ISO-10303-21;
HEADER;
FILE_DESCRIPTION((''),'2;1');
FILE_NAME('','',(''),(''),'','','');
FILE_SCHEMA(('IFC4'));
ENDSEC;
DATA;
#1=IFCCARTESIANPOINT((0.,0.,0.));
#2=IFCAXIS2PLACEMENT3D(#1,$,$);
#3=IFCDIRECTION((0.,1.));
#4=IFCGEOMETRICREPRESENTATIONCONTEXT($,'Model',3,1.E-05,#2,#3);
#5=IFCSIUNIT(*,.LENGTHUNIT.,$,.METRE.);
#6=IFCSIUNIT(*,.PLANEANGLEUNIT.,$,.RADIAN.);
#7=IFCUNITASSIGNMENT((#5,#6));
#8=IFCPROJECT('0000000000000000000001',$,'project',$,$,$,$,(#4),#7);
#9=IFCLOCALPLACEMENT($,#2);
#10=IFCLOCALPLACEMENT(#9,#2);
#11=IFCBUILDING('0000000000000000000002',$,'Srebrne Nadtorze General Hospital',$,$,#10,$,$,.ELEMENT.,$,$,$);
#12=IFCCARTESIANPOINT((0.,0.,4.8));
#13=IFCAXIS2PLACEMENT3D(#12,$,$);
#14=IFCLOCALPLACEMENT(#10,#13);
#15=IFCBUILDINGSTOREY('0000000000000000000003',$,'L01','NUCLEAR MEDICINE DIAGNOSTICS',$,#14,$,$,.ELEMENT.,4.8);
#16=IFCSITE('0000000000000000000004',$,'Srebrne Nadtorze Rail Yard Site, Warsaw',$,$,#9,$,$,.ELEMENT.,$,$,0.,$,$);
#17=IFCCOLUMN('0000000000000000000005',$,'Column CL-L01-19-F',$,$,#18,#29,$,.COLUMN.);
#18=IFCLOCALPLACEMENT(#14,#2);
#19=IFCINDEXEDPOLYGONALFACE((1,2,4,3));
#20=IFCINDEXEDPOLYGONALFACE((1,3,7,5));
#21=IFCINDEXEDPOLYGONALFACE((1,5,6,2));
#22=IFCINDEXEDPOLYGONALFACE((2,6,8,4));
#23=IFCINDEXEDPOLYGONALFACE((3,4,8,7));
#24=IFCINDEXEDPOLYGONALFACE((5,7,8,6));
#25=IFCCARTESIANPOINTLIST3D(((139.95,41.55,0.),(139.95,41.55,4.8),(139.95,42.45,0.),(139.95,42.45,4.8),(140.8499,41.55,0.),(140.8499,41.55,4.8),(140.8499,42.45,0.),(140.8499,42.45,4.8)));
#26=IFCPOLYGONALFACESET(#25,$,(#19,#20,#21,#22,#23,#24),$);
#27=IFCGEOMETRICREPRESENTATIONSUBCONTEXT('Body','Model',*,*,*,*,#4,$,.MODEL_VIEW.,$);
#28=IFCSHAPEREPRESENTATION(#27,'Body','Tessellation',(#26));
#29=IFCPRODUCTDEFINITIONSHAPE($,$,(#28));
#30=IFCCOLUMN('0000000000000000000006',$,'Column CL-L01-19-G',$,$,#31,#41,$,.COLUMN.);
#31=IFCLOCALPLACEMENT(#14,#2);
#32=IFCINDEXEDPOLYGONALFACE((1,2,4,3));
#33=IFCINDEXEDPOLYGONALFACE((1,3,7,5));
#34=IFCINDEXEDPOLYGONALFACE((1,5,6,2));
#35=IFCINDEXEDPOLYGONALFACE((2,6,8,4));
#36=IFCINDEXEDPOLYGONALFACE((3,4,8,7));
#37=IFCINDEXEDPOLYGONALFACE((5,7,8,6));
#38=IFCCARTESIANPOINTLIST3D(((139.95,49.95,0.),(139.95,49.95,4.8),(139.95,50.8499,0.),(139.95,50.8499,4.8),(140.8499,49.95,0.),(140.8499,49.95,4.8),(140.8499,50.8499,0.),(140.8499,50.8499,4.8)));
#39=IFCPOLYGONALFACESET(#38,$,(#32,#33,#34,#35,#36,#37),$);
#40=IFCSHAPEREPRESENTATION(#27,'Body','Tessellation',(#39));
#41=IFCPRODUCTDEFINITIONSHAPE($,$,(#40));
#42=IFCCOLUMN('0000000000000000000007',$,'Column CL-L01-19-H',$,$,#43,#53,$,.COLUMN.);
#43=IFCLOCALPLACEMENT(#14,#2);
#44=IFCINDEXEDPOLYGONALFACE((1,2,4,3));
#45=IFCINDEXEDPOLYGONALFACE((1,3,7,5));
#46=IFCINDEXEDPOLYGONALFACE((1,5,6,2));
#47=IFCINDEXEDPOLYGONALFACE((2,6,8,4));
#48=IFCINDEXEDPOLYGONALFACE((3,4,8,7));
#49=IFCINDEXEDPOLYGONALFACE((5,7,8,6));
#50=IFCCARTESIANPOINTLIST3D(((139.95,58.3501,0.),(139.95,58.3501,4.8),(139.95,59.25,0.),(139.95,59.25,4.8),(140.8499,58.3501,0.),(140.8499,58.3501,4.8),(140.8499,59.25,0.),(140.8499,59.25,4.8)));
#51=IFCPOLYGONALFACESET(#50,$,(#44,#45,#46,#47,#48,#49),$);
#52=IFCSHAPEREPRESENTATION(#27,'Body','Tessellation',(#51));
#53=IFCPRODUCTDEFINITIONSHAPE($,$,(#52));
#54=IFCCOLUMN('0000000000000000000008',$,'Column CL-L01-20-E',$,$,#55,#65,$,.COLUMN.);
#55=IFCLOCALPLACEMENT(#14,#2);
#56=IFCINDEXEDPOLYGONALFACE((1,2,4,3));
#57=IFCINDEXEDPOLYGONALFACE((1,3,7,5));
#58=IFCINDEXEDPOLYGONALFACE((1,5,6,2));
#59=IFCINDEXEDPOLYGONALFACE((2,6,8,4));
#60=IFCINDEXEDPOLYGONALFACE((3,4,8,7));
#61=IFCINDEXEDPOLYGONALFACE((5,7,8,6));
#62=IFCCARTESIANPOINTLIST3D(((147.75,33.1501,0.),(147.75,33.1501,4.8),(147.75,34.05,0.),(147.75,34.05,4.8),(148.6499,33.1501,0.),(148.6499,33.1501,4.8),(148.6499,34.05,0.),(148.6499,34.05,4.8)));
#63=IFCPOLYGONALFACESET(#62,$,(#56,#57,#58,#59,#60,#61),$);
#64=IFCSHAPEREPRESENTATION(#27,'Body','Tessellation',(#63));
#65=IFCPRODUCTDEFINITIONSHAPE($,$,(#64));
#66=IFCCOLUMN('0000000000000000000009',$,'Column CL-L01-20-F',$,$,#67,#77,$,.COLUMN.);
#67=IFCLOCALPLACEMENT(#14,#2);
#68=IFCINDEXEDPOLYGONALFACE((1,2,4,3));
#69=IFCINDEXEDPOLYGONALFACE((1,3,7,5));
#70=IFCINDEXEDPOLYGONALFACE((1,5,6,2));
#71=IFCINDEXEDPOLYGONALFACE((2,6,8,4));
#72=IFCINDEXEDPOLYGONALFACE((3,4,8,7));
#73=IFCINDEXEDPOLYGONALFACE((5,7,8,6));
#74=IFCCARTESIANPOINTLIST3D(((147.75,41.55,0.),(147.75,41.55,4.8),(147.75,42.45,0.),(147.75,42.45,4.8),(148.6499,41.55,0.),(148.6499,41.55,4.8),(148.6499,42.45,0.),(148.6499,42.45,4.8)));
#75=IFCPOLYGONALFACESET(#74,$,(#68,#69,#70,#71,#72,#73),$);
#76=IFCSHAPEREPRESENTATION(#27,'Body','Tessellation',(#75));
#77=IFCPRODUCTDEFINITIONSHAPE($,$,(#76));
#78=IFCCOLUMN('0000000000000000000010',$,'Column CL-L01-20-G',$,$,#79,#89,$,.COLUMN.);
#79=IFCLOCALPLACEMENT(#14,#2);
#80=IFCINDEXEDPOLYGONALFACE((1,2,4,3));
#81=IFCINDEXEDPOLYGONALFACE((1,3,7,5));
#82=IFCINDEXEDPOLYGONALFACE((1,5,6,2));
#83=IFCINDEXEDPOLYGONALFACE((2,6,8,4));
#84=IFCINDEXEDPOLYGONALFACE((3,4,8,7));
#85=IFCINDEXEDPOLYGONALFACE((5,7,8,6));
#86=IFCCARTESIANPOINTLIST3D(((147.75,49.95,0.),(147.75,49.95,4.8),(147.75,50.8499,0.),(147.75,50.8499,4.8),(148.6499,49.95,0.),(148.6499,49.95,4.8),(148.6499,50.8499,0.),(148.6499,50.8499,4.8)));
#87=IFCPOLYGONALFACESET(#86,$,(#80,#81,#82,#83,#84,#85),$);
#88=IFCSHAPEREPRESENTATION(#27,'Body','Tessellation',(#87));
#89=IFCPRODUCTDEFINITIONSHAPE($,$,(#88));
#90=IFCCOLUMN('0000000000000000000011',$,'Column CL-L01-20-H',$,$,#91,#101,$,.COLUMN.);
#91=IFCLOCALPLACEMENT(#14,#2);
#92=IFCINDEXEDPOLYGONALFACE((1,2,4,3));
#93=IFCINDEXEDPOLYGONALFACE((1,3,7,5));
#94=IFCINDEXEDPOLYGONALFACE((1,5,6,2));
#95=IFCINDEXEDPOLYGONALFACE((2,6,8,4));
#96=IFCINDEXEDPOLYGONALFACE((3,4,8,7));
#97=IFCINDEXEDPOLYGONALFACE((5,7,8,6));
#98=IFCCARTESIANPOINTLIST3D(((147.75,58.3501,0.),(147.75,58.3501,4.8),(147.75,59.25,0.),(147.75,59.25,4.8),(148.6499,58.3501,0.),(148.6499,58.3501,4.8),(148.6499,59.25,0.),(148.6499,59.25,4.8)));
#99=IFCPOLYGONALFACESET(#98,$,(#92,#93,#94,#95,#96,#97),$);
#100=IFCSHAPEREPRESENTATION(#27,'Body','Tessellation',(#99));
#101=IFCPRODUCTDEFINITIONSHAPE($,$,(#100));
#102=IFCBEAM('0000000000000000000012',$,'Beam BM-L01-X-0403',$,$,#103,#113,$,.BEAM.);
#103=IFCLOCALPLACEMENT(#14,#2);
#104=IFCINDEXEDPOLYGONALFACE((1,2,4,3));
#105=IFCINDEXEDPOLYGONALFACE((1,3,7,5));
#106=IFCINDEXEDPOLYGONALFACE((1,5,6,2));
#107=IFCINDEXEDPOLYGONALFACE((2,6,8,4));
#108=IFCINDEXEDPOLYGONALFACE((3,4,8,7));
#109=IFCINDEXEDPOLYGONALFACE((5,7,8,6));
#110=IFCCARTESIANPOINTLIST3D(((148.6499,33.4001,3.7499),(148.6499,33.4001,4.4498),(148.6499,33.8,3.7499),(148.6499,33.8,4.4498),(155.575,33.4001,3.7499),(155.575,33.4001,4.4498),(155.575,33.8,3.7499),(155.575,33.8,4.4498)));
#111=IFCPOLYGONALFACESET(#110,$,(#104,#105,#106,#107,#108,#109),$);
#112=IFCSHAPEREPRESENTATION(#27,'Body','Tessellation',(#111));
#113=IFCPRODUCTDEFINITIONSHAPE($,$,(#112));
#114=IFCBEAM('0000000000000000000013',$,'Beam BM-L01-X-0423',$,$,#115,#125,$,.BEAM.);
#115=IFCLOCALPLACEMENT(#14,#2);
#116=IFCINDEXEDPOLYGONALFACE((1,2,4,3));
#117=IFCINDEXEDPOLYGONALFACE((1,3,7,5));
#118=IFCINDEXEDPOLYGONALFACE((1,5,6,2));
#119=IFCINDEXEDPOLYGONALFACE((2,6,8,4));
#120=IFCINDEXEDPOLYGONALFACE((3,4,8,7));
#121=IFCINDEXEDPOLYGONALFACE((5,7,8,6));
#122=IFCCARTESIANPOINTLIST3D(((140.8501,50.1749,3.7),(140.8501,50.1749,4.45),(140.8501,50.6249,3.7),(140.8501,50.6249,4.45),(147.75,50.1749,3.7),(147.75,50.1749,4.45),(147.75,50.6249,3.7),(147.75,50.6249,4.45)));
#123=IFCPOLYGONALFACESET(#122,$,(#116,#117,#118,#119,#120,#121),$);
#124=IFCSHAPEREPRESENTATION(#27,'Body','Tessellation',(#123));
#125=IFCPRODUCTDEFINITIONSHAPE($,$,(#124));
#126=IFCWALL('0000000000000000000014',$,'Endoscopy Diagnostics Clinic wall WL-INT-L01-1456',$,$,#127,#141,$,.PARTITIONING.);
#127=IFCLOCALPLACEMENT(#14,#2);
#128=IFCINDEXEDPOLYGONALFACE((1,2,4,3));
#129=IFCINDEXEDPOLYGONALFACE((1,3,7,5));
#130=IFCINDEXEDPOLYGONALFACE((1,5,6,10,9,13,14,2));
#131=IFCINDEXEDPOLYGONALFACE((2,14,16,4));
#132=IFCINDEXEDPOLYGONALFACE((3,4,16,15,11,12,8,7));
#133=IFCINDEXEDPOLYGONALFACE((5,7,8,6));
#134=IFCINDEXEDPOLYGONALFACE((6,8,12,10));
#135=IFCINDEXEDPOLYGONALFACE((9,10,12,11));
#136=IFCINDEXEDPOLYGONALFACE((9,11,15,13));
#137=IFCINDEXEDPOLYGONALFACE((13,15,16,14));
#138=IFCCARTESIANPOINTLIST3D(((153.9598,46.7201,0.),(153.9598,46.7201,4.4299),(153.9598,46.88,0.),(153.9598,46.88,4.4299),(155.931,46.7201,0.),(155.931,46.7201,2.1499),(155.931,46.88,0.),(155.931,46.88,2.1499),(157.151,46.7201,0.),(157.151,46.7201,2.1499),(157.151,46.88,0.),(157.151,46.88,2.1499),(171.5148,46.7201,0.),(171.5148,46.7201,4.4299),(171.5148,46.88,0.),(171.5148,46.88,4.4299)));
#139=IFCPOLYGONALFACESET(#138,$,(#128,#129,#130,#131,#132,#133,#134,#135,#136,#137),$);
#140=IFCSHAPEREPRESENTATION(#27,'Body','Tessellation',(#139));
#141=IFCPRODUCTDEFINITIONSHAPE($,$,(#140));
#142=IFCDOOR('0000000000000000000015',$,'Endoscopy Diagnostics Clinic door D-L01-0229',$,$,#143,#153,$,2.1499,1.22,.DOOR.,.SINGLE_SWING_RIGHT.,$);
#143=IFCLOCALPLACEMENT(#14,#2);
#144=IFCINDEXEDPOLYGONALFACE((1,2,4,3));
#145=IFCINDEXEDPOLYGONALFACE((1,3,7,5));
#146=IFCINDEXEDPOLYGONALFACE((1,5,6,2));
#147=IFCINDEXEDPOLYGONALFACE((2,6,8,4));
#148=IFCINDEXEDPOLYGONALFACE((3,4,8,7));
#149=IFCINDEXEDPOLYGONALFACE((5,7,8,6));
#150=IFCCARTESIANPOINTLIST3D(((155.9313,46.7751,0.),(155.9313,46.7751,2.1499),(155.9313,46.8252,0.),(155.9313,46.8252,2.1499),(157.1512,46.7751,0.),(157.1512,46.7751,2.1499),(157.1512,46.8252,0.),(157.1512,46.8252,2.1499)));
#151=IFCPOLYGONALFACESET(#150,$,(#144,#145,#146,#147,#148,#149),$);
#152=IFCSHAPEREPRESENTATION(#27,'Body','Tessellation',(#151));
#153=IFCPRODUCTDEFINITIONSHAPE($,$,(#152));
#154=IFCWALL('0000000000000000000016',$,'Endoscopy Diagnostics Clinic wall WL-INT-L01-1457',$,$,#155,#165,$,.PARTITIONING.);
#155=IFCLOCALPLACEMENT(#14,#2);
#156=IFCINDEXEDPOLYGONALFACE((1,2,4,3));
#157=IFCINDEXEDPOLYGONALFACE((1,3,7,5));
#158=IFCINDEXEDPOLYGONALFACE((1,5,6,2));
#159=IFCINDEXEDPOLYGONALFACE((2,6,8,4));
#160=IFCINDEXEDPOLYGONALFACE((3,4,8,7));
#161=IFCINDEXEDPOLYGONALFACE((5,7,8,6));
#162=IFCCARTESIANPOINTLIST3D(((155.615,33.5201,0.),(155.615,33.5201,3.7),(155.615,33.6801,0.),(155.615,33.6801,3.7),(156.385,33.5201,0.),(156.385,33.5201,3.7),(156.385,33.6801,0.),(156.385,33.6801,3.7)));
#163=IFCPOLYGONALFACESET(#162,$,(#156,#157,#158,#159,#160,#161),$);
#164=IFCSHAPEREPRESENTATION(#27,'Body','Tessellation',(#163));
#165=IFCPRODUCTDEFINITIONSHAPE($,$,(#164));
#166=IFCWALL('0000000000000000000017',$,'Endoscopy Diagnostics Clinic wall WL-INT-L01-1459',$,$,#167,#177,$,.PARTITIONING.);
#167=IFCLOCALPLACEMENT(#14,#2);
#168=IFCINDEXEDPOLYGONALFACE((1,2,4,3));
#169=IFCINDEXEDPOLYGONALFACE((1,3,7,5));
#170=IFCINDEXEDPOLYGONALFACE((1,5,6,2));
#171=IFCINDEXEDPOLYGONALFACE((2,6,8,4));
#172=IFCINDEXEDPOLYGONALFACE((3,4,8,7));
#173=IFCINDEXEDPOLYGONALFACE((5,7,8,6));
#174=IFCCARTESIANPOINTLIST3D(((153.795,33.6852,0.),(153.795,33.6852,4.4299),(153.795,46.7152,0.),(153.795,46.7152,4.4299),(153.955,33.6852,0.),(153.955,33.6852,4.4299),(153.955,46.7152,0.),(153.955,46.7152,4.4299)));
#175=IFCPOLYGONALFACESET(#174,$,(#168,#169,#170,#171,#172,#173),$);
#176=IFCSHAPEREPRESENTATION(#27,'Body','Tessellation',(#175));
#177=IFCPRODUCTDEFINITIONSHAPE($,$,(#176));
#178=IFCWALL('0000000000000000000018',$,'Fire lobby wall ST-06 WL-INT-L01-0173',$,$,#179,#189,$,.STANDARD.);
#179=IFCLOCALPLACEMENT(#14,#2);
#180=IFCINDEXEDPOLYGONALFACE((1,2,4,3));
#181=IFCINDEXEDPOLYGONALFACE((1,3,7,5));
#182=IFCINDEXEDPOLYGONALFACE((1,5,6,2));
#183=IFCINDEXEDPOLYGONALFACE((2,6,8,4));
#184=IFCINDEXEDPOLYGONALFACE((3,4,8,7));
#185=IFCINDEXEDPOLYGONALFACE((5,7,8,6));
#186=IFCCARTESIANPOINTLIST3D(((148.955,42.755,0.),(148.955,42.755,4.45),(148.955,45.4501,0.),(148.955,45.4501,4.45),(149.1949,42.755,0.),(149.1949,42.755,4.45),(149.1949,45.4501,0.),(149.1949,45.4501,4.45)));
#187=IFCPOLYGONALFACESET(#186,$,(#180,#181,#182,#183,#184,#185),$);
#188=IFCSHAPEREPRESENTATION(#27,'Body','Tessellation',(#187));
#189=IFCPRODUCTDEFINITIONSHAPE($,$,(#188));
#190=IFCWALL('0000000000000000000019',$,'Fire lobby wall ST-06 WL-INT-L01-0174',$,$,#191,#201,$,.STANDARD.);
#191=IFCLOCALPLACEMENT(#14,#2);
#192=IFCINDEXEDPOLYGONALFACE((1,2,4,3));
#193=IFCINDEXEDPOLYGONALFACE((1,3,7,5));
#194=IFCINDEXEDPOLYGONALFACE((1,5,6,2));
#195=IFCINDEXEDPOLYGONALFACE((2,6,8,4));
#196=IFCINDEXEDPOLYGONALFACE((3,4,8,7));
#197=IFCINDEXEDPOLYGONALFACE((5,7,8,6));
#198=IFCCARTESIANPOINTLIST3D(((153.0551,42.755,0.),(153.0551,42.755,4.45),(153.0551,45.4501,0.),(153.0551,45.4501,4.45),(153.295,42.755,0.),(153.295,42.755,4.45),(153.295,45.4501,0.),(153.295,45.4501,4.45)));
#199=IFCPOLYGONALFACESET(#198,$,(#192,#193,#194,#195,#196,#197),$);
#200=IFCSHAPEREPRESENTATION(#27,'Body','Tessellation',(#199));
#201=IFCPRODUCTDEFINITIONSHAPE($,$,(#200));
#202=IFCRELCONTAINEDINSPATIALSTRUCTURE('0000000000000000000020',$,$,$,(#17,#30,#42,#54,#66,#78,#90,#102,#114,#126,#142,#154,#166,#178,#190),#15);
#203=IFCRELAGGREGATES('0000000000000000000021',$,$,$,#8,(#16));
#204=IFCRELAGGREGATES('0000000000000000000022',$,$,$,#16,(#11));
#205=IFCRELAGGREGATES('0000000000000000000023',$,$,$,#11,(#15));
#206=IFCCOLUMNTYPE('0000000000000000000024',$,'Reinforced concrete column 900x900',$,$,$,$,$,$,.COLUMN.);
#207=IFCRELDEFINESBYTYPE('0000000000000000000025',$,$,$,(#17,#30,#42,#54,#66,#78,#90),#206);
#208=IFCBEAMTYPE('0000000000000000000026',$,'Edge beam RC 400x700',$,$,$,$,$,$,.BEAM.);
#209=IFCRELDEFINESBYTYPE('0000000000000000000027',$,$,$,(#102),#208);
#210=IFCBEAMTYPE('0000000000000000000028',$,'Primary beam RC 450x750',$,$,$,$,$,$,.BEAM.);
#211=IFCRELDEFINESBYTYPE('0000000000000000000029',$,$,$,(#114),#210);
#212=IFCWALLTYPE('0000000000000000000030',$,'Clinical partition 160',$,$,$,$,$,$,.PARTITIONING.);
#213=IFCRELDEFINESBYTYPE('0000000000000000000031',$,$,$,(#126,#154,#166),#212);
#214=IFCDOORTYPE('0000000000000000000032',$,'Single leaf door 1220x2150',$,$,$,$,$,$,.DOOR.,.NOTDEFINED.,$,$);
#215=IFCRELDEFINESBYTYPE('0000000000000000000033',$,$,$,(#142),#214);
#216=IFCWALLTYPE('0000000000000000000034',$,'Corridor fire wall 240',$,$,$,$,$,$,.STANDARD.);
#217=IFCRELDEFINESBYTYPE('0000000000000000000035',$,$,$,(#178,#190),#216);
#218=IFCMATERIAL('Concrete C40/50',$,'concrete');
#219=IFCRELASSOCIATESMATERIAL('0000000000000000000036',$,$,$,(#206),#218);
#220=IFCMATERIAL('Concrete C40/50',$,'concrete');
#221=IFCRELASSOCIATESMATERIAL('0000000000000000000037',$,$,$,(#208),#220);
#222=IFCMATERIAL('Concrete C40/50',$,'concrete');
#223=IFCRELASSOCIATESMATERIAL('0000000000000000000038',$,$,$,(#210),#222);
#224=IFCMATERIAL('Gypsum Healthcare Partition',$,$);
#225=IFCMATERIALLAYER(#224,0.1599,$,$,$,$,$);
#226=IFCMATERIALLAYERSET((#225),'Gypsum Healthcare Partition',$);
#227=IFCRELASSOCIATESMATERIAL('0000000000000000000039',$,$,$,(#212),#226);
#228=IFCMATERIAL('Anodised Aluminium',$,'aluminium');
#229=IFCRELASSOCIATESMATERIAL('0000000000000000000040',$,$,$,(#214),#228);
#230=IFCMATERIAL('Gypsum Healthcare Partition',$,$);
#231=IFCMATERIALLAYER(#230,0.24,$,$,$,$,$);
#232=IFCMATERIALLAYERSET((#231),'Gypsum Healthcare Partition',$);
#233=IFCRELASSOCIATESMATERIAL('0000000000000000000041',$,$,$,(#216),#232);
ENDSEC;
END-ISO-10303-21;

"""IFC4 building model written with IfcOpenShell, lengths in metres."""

from ifc_helpers import new_model, si_unit, direction, frame, frame_2d, origin, origin_2d, place, context, subcontext, project, spatial, rectangle, extrude, material, layer, layer_set, material_profile, profile_set, type_object, element, fill, save


model = new_model("IFC4")

# Units and contexts
model_context = context("Model", 3, precision=1e-05, world=origin(), true_north=direction((0.0, 1.0)))
body_context = subcontext(model_context, "Body", "Model", "MODEL_VIEW")
ifc_project = project(units=[si_unit("LENGTHUNIT", "METRE"), si_unit("PLANEANGLEUNIT", "RADIAN")], contexts=[model_context])

# Site, building, storey
site_placement = place(None, origin())
site = spatial("IfcSite", under=ifc_project, at=site_placement, Name="Srebrne Nadtorze Rail Yard Site, Warsaw", CompositionType="ELEMENT", RefElevation=0.0)
building_placement = place(site_placement, origin())
building = spatial("IfcBuilding", under=site, at=building_placement, Name="Srebrne Nadtorze General Hospital", CompositionType="ELEMENT")
storey_placement = place(building_placement, frame((0.0, 0.0, 4.8)))
storey = spatial("IfcBuildingStorey", under=building, at=storey_placement, Name="L01", Description="NUCLEAR MEDICINE DIAGNOSTICS", CompositionType="ELEMENT", Elevation=4.8)

# Columns
ifc_material_1 = material(Name="Concrete C40/50", Category="concrete")
ifc_material_profile_1 = material_profile(ifc_material_1, rectangle(XDim=0.8999, YDim=0.8999, at=origin_2d()), Name="RC-COL-900x900")
ifc_profile_set_1 = profile_set([ifc_material_profile_1], Name="Concrete C40/50")
column_type = type_object("IfcColumnType", Name="Reinforced concrete column 900x900", PredefinedType="COLUMN", material=ifc_profile_set_1)
for number, where, z_axis, x_axis, name in (
    (1, (140.3999, 42.0, 0.0), (0.0, 0.0, 1.0), (1.0, 0.0, 0.0), "Column CL-L01-19-F"),
    (2, (140.3999, 50.3999, 0.0), (0.0, 0.0, 1.0), (1.0, 0.0, 0.0), "Column CL-L01-19-G"),
    (3, (140.3999, 58.8, 0.0), (0.0, 0.0, 1.0), (1.0, 0.0, 0.0), "Column CL-L01-19-H"),
    (4, (148.2, 33.6001, 0.0), (0.0, 0.0, 1.0), (1.0, 0.0, 0.0), "Column CL-L01-20-E"),
    (5, (148.2, 42.0, 0.0), (0.0, 0.0, 1.0), (1.0, 0.0, 0.0), "Column CL-L01-20-F"),
    (6, (148.2, 50.3999, 0.0), (0.0, 0.0, 1.0), (1.0, 0.0, 0.0), "Column CL-L01-20-G"),
    (7, (148.2, 58.8, 0.0), (0.0, 0.0, 1.0), (1.0, 0.0, 0.0), "Column CL-L01-20-H"),
):
    element("IfcColumn", number, at=place(storey_placement, frame(where, z_axis=z_axis, x_axis=x_axis)), inside=storey, type_object=column_type, Name=name, PredefinedType="COLUMN", context=body_context, shape_type="SweptSolid", body=[
        extrude(rectangle(XDim=0.8999, YDim=0.8999, at=origin_2d()), origin(), (0.0, 0.0, 1.0), 4.8),
    ])

# Beams
ifc_material_2 = material(Name="Concrete C40/50", Category="concrete")
ifc_material_profile_2 = material_profile(ifc_material_2, rectangle(XDim=0.3999, YDim=0.7, at=origin_2d()), Name="RC-BM-400x700")
ifc_profile_set_2 = profile_set([ifc_material_profile_2], Name="Concrete C40/50")
beam_type_1 = type_object("IfcBeamType", Name="Edge beam RC 400x700", PredefinedType="BEAM", material=ifc_profile_set_2)
beam_1_placement = place(storey_placement, frame((148.6499, 33.6001, 4.0999), z_axis=(1.0, 0.0, 0.0), x_axis=(0.0, 1.0, 0.0)))
element("IfcBeam", 8, at=beam_1_placement, inside=storey, type_object=beam_type_1, Name="Beam BM-L01-X-0403", PredefinedType="BEAM", context=body_context, shape_type="SweptSolid", body=[
    extrude(rectangle(XDim=0.3999, YDim=0.7, at=origin_2d()), origin(), (0.0, 0.0, 1.0), 6.925),
])
ifc_material_3 = material(Name="Concrete C40/50", Category="concrete")
ifc_material_profile_3 = material_profile(ifc_material_3, rectangle(XDim=0.45, YDim=0.75, at=origin_2d()), Name="RC-BM-450x750")
ifc_profile_set_3 = profile_set([ifc_material_profile_3], Name="Concrete C40/50")
beam_type_2 = type_object("IfcBeamType", Name="Primary beam RC 450x750", PredefinedType="BEAM", material=ifc_profile_set_3)
beam_2_placement = place(storey_placement, frame((140.8501, 50.3999, 4.075), z_axis=(1.0, 0.0, 0.0), x_axis=(0.0, 1.0, 0.0)))
element("IfcBeam", 9, at=beam_2_placement, inside=storey, type_object=beam_type_2, Name="Beam BM-L01-X-0423", PredefinedType="BEAM", context=body_context, shape_type="SweptSolid", body=[
    extrude(rectangle(XDim=0.45, YDim=0.75, at=origin_2d()), origin(), (0.0, 0.0, 1.0), 6.8999),
])

# Wall, opening, door
ifc_material_4 = material(Name="Gypsum Healthcare Partition")
ifc_layer_1 = layer(ifc_material_4, 0.1599)
ifc_layer_set_1 = layer_set([ifc_layer_1], Name="Gypsum Healthcare Partition")
wall_type_1 = type_object("IfcWallType", Name="Clinical partition 160", PredefinedType="PARTITIONING", material=ifc_layer_set_1)
wall_1_placement = place(storey_placement, frame((153.96, 46.8, 0.0), z_axis=(0.0, 0.0, 1.0), x_axis=(1.0, 0.0, 0.0)))
wall_1 = element("IfcWall", 10, at=wall_1_placement, inside=storey, type_object=wall_type_1, Name="Endoscopy Diagnostics Clinic wall WL-INT-L01-1456", PredefinedType="PARTITIONING", context=body_context, shape_type="SweptSolid", body=[
    extrude(rectangle(XDim=17.5549, YDim=0.1599, at=frame_2d((8.7773, 0.0))), origin(), (0.0, 0.0, 1.0), 4.4299),
])
opening_1_placement = place(wall_1_placement, frame((1.9712, 0.0, 0.0)))
opening_1 = element("IfcOpeningElement", 11, at=opening_1_placement, cuts=wall_1, PredefinedType="OPENING", context=body_context, shape_type="SweptSolid", body=[
    extrude(rectangle(XDim=1.22, YDim=2.1499, at=frame_2d((0.6099, 1.075))), frame((0.0, 0.0918, 0.0), z_axis=(0.0, -1.0, 0.0), x_axis=(1.0, 0.0, 0.0)), (0.0, 0.0, 1.0), 0.1838),
])
ifc_material_5 = material(Name="Anodised Aluminium", Category="aluminium")
door_type_1 = type_object("IfcDoorType", Name="Single leaf door 1220x2150", OperationType="NOTDEFINED", PredefinedType="DOOR", material=ifc_material_5)
door_1_placement = place(opening_1_placement, frame((1.22, 0.0, 0.0), z_axis=(0.0, 0.0, 1.0), x_axis=(-1.0, 0.0, 0.0)))
door_1 = element("IfcDoor", 12, at=door_1_placement, inside=storey, type_object=door_type_1, Name="Endoscopy Diagnostics Clinic door D-L01-0229", OperationType="SINGLE_SWING_RIGHT", OverallHeight=2.1499, OverallWidth=1.22, PredefinedType="DOOR", context=body_context, shape_type="SweptSolid", body=[
    extrude(rectangle(XDim=1.22, YDim=2.1499, at=frame_2d((0.6099, 1.075))), frame((0.0, 0.0249, 0.0), z_axis=(0.0, -1.0, 0.0), x_axis=(1.0, 0.0, 0.0)), (0.0, 0.0, 1.0), 0.05),
])
fill(opening_1, door_1)

# Walls
wall_2_placement = place(storey_placement, frame((155.615, 33.6001, 0.0), z_axis=(0.0, 0.0, 1.0), x_axis=(1.0, 0.0, 0.0)))
element("IfcWall", 13, at=wall_2_placement, inside=storey, type_object=wall_type_1, Name="Endoscopy Diagnostics Clinic wall WL-INT-L01-1457", PredefinedType="PARTITIONING", context=body_context, shape_type="SweptSolid", body=[
    extrude(rectangle(XDim=0.77, YDim=0.1599, at=frame_2d((0.385, 0.0))), origin(), (0.0, 0.0, 1.0), 3.7),
])
wall_3_placement = place(storey_placement, frame((153.875, 33.6851, 0.0), z_axis=(0.0, 0.0, 1.0), x_axis=(0.0, 1.0, 0.0)))
element("IfcWall", 14, at=wall_3_placement, inside=storey, type_object=wall_type_1, Name="Endoscopy Diagnostics Clinic wall WL-INT-L01-1459", PredefinedType="PARTITIONING", context=body_context, shape_type="SweptSolid", body=[
    extrude(rectangle(XDim=13.03, YDim=0.1599, at=frame_2d((6.5151, 0.0))), origin(), (0.0, 0.0, 1.0), 4.4299),
])
ifc_material_6 = material(Name="Gypsum Healthcare Partition")
ifc_layer_2 = layer(ifc_material_6, 0.24)
ifc_layer_set_2 = layer_set([ifc_layer_2], Name="Gypsum Healthcare Partition")
wall_type_2 = type_object("IfcWallType", Name="Corridor fire wall 240", PredefinedType="STANDARD", material=ifc_layer_set_2)
for number, where, z_axis, x_axis, name in (
    (15, (149.075, 42.7549, 0.0), (0.0, 0.0, 1.0), (0.0, 1.0, 0.0), "Fire lobby wall ST-06 WL-INT-L01-0173"),
    (16, (153.175, 42.7549, 0.0), (0.0, 0.0, 1.0), (0.0, 1.0, 0.0), "Fire lobby wall ST-06 WL-INT-L01-0174"),
):
    element("IfcWall", number, at=place(storey_placement, frame(where, z_axis=z_axis, x_axis=x_axis)), inside=storey, type_object=wall_type_2, Name=name, PredefinedType="STANDARD", context=body_context, shape_type="SweptSolid", body=[
        extrude(rectangle(XDim=2.6951, YDim=0.24, at=frame_2d((1.3477, 0.0))), origin(), (0.0, 0.0, 1.0), 4.45),
    ])

save(model, "model.ifc")
